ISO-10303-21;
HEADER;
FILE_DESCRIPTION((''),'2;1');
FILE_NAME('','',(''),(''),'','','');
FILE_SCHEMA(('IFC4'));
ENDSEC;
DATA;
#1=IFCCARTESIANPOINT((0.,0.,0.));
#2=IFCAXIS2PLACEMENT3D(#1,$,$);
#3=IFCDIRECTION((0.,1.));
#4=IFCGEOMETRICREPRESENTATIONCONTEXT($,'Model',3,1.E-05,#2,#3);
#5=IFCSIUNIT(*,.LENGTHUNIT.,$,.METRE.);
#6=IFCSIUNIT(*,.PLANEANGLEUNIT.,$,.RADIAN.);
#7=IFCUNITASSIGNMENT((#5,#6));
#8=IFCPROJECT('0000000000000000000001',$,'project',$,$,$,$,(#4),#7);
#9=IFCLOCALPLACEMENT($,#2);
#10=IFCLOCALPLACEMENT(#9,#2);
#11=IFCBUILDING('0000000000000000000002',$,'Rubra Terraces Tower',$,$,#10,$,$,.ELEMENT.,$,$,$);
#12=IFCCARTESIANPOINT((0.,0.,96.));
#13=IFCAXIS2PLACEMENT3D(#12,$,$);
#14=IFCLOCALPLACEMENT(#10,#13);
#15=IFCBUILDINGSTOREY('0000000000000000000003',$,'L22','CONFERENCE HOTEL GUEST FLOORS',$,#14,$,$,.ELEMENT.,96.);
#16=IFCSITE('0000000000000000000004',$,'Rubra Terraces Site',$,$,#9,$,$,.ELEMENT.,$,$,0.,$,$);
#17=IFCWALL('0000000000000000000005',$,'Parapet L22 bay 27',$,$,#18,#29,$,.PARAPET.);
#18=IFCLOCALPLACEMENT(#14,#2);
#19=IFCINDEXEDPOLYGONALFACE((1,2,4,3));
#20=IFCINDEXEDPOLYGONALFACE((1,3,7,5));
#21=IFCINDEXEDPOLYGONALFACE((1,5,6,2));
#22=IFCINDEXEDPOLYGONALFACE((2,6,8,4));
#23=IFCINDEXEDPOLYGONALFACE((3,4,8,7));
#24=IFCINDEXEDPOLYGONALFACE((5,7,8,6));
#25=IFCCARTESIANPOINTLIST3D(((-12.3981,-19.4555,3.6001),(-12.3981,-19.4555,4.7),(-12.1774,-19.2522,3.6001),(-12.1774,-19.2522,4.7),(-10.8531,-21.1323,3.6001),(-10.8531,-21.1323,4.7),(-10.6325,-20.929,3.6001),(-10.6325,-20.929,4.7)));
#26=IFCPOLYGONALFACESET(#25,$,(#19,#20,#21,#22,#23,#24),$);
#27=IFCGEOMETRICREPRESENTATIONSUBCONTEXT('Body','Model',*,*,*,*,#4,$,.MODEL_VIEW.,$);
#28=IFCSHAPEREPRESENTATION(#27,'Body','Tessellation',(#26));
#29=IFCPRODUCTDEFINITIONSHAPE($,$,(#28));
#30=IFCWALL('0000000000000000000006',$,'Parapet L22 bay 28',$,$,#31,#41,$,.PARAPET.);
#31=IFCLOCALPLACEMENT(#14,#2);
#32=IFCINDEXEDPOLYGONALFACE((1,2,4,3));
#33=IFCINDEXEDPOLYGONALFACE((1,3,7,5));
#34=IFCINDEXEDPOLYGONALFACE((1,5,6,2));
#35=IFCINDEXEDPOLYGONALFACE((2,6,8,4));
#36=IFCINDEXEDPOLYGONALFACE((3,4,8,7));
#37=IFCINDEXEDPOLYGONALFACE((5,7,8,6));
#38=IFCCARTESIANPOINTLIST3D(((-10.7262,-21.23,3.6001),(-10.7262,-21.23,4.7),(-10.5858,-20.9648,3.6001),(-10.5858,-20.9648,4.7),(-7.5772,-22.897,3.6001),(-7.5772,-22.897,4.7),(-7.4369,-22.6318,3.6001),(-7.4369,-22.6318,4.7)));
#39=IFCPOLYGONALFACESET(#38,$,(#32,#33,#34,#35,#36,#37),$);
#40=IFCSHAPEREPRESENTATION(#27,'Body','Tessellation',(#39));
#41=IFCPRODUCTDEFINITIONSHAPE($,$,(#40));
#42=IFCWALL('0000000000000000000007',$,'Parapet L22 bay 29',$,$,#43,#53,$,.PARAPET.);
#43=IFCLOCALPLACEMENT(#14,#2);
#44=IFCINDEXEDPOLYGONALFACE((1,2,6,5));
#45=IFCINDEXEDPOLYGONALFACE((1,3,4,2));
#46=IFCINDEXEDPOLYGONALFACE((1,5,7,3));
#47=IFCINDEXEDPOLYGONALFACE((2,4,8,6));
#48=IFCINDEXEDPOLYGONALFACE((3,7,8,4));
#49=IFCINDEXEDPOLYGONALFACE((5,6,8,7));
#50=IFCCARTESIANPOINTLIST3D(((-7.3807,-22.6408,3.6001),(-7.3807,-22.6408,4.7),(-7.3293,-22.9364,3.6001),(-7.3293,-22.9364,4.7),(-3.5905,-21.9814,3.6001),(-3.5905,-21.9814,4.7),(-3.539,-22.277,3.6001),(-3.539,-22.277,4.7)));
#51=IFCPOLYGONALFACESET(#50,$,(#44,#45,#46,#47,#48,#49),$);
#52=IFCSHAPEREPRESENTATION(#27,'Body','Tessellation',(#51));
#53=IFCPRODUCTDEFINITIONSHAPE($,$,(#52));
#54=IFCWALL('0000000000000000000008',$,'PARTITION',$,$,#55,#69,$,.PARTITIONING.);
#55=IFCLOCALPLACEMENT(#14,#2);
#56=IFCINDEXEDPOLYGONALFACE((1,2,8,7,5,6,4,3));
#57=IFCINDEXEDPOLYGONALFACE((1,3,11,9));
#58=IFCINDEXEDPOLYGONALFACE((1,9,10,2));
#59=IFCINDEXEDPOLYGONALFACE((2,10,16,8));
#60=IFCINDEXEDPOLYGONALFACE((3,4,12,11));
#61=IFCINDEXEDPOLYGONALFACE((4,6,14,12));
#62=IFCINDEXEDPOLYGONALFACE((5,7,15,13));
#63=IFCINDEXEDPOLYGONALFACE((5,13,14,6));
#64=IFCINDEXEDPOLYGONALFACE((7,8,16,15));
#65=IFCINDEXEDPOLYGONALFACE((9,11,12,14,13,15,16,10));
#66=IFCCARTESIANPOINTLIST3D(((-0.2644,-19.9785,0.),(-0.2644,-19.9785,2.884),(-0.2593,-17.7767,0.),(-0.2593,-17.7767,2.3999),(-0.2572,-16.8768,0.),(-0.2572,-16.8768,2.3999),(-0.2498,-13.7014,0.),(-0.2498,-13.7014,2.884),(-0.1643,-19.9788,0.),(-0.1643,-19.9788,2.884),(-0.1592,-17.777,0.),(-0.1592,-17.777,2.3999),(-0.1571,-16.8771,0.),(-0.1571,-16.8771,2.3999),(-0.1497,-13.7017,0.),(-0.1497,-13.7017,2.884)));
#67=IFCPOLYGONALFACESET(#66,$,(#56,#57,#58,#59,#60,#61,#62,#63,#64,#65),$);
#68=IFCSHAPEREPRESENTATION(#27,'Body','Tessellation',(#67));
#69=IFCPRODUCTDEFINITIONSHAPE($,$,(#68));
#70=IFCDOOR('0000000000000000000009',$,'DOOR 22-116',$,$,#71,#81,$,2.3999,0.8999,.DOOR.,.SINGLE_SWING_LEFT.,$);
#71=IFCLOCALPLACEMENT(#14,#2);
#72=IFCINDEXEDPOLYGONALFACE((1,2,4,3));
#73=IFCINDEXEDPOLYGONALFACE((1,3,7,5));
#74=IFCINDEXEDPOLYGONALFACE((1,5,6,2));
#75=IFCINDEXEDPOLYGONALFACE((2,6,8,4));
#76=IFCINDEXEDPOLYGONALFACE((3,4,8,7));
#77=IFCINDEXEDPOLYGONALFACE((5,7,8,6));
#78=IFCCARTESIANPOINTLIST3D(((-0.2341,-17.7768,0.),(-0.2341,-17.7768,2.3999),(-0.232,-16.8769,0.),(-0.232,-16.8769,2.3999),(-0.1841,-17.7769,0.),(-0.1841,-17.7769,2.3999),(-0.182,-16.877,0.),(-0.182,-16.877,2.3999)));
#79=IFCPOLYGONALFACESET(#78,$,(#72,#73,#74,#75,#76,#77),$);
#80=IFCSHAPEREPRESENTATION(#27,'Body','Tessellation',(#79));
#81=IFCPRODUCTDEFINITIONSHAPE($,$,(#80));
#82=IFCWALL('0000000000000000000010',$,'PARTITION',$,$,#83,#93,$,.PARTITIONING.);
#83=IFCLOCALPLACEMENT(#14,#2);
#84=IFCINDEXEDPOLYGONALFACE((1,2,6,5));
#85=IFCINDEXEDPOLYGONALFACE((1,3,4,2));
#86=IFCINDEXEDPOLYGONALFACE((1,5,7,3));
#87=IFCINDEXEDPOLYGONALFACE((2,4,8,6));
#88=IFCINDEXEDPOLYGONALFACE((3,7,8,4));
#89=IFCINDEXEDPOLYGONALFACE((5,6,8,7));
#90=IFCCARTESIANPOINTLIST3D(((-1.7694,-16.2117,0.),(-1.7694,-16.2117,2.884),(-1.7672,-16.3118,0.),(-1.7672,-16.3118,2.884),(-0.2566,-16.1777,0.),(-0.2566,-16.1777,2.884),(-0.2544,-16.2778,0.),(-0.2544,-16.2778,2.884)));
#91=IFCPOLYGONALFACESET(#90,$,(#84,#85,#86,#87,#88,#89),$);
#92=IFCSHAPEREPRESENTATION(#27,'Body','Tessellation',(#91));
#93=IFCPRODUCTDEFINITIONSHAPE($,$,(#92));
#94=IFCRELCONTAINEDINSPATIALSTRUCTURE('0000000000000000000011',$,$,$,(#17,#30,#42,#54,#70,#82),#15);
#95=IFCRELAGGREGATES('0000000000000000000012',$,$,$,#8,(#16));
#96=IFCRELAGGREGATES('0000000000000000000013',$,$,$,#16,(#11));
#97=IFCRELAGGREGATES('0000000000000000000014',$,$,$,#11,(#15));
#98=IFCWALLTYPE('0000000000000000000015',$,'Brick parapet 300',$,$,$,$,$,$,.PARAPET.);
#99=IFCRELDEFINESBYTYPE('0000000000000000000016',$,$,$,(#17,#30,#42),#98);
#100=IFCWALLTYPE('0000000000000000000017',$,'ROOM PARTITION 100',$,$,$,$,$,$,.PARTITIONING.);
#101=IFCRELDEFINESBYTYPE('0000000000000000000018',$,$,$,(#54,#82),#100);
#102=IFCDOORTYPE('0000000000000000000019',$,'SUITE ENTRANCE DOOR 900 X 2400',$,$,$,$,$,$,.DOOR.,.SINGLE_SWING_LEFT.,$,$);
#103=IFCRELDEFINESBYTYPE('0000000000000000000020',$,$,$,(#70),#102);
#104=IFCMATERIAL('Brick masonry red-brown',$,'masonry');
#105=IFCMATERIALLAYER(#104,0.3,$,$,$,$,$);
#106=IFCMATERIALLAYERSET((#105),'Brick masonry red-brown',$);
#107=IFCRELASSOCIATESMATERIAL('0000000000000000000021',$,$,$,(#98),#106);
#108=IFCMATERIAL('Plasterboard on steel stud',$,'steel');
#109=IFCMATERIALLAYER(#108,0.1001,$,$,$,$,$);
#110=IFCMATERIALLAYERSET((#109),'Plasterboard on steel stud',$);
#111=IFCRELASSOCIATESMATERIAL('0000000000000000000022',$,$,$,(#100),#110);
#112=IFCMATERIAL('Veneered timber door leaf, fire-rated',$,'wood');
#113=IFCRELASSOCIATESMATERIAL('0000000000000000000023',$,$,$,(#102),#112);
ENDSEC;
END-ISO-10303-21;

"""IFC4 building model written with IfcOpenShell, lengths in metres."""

from ifc_helpers import new_model, si_unit, direction, frame, frame_2d, origin, place, context, subcontext, project, spatial, rectangle, extrude, material, layer, layer_set, type_object, element, fill, save


model = new_model("IFC4")

# Units and contexts
model_context = context("Model", 3, precision=1e-05, world=origin(), true_north=direction((0.0, 1.0)))
body_context = subcontext(model_context, "Body", "Model", "MODEL_VIEW")
ifc_project = project(units=[si_unit("LENGTHUNIT", "METRE"), si_unit("PLANEANGLEUNIT", "RADIAN")], contexts=[model_context])

# Site, building, storey
site_placement = place(None, origin())
site = spatial("IfcSite", under=ifc_project, at=site_placement, Name="Rubra Terraces Site", CompositionType="ELEMENT", RefElevation=0.0)
building_placement = place(site_placement, origin())
building = spatial("IfcBuilding", under=site, at=building_placement, Name="Rubra Terraces Tower", CompositionType="ELEMENT")
storey_placement = place(building_placement, frame((0.0, 0.0, 96.0)))
storey = spatial("IfcBuildingStorey", under=building, at=storey_placement, Name="L22", Description="CONFERENCE HOTEL GUEST FLOORS", CompositionType="ELEMENT", Elevation=96.0)

# Shared definitions
ifc_material_1 = material(Name="Brick masonry red-brown", Category="masonry")

# Walls
ifc_layer_1 = layer(ifc_material_1, 0.3)
ifc_layer_set_1 = layer_set([ifc_layer_1], Name="Brick masonry red-brown")
wall_type_1 = type_object("IfcWallType", Name="Brick parapet 300", PredefinedType="PARAPET", material=ifc_layer_set_1)
wall_1_placement = place(storey_placement, frame((-12.2878, -19.3538, 3.6001), z_axis=(0.0, 0.0, 1.0), x_axis=(0.677604, -0.735427, 0.0)))
element("IfcWall", 1, at=wall_1_placement, inside=storey, type_object=wall_type_1, Name="Parapet L22 bay 27", PredefinedType="PARAPET", context=body_context, shape_type="SweptSolid", body=[
    extrude(rectangle(XDim=2.28, YDim=0.3, at=frame_2d((1.1401, 0.0))), origin(), (0.0, 0.0, 1.0), 1.0999),
])
wall_2_placement = place(storey_placement, frame((-10.656, -21.0974, 3.6001), z_axis=(0.0, 0.0, 1.0), x_axis=(0.883798, -0.467869, 0.0)))
element("IfcWall", 2, at=wall_2_placement, inside=storey, type_object=wall_type_1, Name="Parapet L22 bay 28", PredefinedType="PARAPET", context=body_context, shape_type="SweptSolid", body=[
    extrude(rectangle(XDim=3.563, YDim=0.3, at=frame_2d((1.7815, 0.0))), origin(), (0.0, 0.0, 1.0), 1.0999),
])
wall_3_placement = place(storey_placement, frame((-7.355, -22.7886, 3.6001), z_axis=(0.0, 0.0, 1.0), x_axis=(0.985201, 0.171403, 0.0)))
element("IfcWall", 3, at=wall_3_placement, inside=storey, type_object=wall_type_1, Name="Parapet L22 bay 29", PredefinedType="PARAPET", context=body_context, shape_type="SweptSolid", body=[
    extrude(rectangle(XDim=3.8472, YDim=0.3, at=frame_2d((1.9236, 0.0))), origin(), (0.0, 0.0, 1.0), 1.0999),
])

# Wall, opening, door
ifc_material_2 = material(Name="Plasterboard on steel stud", Category="steel")
ifc_layer_2 = layer(ifc_material_2, 0.1001)
ifc_layer_set_2 = layer_set([ifc_layer_2], Name="Plasterboard on steel stud")
wall_type_2 = type_object("IfcWallType", Name="ROOM PARTITION 100", PredefinedType="PARTITIONING", material=ifc_layer_set_2)
wall_4_placement = place(storey_placement, frame((-0.2144, -19.9788, 0.0), z_axis=(0.0, 0.0, 1.0), x_axis=(0.002334, 0.999997, 0.0)))
wall_4 = element("IfcWall", 4, at=wall_4_placement, inside=storey, type_object=wall_type_2, Name="PARTITION", PredefinedType="PARTITIONING", context=body_context, shape_type="SweptSolid", body=[
    extrude(rectangle(XDim=6.2771, YDim=0.1001, at=frame_2d((3.1387, 0.0))), origin(), (0.0, 0.0, 1.0), 2.884),
])
opening_1_placement = place(wall_4_placement, frame((2.2019, 0.0, 0.0)))
opening_1 = element("IfcOpeningElement", 5, at=opening_1_placement, cuts=wall_4, PredefinedType="OPENING", context=body_context, shape_type="SweptSolid", body=[
    extrude(rectangle(XDim=0.8999, YDim=2.3999, at=frame_2d((0.45, 1.2))), frame((0.0, 0.0601, 0.0), z_axis=(0.0, -1.0, 0.0), x_axis=(1.0, 0.0, 0.0)), (0.0, 0.0, 1.0), 0.1201),
])
ifc_material_3 = material(Name="Veneered timber door leaf, fire-rated", Category="wood")
door_type = type_object("IfcDoorType", Name="SUITE ENTRANCE DOOR 900 X 2400", OperationType="SINGLE_SWING_LEFT", PredefinedType="DOOR", material=ifc_material_3)
door_placement = place(opening_1_placement, origin())
door = element("IfcDoor", 6, at=door_placement, inside=storey, type_object=door_type, Name="DOOR 22-116", OperationType="SINGLE_SWING_LEFT", OverallHeight=2.3999, OverallWidth=0.8999, PredefinedType="DOOR", context=body_context, shape_type="SweptSolid", body=[
    extrude(rectangle(XDim=0.8999, YDim=2.3999, at=frame_2d((0.45, 1.2))), frame((0.0, 0.0249, 0.0), z_axis=(0.0, -1.0, 0.0), x_axis=(1.0, 0.0, 0.0)), (0.0, 0.0, 1.0), 0.05),
])
fill(opening_1, door)

# Wall
wall_5_placement = place(storey_placement, frame((-1.7683, -16.2617, 0.0), z_axis=(0.0, 0.0, 1.0), x_axis=(0.999748, 0.022428, 0.0)))
element("IfcWall", 7, at=wall_5_placement, inside=storey, type_object=wall_type_2, Name="PARTITION", PredefinedType="PARTITIONING", context=body_context, shape_type="SweptSolid", body=[
    extrude(rectangle(XDim=1.5132, YDim=0.1001, at=frame_2d((0.7566, 0.0))), origin(), (0.0, 0.0, 1.0), 2.884),
])

save(model, "model.ifc")
